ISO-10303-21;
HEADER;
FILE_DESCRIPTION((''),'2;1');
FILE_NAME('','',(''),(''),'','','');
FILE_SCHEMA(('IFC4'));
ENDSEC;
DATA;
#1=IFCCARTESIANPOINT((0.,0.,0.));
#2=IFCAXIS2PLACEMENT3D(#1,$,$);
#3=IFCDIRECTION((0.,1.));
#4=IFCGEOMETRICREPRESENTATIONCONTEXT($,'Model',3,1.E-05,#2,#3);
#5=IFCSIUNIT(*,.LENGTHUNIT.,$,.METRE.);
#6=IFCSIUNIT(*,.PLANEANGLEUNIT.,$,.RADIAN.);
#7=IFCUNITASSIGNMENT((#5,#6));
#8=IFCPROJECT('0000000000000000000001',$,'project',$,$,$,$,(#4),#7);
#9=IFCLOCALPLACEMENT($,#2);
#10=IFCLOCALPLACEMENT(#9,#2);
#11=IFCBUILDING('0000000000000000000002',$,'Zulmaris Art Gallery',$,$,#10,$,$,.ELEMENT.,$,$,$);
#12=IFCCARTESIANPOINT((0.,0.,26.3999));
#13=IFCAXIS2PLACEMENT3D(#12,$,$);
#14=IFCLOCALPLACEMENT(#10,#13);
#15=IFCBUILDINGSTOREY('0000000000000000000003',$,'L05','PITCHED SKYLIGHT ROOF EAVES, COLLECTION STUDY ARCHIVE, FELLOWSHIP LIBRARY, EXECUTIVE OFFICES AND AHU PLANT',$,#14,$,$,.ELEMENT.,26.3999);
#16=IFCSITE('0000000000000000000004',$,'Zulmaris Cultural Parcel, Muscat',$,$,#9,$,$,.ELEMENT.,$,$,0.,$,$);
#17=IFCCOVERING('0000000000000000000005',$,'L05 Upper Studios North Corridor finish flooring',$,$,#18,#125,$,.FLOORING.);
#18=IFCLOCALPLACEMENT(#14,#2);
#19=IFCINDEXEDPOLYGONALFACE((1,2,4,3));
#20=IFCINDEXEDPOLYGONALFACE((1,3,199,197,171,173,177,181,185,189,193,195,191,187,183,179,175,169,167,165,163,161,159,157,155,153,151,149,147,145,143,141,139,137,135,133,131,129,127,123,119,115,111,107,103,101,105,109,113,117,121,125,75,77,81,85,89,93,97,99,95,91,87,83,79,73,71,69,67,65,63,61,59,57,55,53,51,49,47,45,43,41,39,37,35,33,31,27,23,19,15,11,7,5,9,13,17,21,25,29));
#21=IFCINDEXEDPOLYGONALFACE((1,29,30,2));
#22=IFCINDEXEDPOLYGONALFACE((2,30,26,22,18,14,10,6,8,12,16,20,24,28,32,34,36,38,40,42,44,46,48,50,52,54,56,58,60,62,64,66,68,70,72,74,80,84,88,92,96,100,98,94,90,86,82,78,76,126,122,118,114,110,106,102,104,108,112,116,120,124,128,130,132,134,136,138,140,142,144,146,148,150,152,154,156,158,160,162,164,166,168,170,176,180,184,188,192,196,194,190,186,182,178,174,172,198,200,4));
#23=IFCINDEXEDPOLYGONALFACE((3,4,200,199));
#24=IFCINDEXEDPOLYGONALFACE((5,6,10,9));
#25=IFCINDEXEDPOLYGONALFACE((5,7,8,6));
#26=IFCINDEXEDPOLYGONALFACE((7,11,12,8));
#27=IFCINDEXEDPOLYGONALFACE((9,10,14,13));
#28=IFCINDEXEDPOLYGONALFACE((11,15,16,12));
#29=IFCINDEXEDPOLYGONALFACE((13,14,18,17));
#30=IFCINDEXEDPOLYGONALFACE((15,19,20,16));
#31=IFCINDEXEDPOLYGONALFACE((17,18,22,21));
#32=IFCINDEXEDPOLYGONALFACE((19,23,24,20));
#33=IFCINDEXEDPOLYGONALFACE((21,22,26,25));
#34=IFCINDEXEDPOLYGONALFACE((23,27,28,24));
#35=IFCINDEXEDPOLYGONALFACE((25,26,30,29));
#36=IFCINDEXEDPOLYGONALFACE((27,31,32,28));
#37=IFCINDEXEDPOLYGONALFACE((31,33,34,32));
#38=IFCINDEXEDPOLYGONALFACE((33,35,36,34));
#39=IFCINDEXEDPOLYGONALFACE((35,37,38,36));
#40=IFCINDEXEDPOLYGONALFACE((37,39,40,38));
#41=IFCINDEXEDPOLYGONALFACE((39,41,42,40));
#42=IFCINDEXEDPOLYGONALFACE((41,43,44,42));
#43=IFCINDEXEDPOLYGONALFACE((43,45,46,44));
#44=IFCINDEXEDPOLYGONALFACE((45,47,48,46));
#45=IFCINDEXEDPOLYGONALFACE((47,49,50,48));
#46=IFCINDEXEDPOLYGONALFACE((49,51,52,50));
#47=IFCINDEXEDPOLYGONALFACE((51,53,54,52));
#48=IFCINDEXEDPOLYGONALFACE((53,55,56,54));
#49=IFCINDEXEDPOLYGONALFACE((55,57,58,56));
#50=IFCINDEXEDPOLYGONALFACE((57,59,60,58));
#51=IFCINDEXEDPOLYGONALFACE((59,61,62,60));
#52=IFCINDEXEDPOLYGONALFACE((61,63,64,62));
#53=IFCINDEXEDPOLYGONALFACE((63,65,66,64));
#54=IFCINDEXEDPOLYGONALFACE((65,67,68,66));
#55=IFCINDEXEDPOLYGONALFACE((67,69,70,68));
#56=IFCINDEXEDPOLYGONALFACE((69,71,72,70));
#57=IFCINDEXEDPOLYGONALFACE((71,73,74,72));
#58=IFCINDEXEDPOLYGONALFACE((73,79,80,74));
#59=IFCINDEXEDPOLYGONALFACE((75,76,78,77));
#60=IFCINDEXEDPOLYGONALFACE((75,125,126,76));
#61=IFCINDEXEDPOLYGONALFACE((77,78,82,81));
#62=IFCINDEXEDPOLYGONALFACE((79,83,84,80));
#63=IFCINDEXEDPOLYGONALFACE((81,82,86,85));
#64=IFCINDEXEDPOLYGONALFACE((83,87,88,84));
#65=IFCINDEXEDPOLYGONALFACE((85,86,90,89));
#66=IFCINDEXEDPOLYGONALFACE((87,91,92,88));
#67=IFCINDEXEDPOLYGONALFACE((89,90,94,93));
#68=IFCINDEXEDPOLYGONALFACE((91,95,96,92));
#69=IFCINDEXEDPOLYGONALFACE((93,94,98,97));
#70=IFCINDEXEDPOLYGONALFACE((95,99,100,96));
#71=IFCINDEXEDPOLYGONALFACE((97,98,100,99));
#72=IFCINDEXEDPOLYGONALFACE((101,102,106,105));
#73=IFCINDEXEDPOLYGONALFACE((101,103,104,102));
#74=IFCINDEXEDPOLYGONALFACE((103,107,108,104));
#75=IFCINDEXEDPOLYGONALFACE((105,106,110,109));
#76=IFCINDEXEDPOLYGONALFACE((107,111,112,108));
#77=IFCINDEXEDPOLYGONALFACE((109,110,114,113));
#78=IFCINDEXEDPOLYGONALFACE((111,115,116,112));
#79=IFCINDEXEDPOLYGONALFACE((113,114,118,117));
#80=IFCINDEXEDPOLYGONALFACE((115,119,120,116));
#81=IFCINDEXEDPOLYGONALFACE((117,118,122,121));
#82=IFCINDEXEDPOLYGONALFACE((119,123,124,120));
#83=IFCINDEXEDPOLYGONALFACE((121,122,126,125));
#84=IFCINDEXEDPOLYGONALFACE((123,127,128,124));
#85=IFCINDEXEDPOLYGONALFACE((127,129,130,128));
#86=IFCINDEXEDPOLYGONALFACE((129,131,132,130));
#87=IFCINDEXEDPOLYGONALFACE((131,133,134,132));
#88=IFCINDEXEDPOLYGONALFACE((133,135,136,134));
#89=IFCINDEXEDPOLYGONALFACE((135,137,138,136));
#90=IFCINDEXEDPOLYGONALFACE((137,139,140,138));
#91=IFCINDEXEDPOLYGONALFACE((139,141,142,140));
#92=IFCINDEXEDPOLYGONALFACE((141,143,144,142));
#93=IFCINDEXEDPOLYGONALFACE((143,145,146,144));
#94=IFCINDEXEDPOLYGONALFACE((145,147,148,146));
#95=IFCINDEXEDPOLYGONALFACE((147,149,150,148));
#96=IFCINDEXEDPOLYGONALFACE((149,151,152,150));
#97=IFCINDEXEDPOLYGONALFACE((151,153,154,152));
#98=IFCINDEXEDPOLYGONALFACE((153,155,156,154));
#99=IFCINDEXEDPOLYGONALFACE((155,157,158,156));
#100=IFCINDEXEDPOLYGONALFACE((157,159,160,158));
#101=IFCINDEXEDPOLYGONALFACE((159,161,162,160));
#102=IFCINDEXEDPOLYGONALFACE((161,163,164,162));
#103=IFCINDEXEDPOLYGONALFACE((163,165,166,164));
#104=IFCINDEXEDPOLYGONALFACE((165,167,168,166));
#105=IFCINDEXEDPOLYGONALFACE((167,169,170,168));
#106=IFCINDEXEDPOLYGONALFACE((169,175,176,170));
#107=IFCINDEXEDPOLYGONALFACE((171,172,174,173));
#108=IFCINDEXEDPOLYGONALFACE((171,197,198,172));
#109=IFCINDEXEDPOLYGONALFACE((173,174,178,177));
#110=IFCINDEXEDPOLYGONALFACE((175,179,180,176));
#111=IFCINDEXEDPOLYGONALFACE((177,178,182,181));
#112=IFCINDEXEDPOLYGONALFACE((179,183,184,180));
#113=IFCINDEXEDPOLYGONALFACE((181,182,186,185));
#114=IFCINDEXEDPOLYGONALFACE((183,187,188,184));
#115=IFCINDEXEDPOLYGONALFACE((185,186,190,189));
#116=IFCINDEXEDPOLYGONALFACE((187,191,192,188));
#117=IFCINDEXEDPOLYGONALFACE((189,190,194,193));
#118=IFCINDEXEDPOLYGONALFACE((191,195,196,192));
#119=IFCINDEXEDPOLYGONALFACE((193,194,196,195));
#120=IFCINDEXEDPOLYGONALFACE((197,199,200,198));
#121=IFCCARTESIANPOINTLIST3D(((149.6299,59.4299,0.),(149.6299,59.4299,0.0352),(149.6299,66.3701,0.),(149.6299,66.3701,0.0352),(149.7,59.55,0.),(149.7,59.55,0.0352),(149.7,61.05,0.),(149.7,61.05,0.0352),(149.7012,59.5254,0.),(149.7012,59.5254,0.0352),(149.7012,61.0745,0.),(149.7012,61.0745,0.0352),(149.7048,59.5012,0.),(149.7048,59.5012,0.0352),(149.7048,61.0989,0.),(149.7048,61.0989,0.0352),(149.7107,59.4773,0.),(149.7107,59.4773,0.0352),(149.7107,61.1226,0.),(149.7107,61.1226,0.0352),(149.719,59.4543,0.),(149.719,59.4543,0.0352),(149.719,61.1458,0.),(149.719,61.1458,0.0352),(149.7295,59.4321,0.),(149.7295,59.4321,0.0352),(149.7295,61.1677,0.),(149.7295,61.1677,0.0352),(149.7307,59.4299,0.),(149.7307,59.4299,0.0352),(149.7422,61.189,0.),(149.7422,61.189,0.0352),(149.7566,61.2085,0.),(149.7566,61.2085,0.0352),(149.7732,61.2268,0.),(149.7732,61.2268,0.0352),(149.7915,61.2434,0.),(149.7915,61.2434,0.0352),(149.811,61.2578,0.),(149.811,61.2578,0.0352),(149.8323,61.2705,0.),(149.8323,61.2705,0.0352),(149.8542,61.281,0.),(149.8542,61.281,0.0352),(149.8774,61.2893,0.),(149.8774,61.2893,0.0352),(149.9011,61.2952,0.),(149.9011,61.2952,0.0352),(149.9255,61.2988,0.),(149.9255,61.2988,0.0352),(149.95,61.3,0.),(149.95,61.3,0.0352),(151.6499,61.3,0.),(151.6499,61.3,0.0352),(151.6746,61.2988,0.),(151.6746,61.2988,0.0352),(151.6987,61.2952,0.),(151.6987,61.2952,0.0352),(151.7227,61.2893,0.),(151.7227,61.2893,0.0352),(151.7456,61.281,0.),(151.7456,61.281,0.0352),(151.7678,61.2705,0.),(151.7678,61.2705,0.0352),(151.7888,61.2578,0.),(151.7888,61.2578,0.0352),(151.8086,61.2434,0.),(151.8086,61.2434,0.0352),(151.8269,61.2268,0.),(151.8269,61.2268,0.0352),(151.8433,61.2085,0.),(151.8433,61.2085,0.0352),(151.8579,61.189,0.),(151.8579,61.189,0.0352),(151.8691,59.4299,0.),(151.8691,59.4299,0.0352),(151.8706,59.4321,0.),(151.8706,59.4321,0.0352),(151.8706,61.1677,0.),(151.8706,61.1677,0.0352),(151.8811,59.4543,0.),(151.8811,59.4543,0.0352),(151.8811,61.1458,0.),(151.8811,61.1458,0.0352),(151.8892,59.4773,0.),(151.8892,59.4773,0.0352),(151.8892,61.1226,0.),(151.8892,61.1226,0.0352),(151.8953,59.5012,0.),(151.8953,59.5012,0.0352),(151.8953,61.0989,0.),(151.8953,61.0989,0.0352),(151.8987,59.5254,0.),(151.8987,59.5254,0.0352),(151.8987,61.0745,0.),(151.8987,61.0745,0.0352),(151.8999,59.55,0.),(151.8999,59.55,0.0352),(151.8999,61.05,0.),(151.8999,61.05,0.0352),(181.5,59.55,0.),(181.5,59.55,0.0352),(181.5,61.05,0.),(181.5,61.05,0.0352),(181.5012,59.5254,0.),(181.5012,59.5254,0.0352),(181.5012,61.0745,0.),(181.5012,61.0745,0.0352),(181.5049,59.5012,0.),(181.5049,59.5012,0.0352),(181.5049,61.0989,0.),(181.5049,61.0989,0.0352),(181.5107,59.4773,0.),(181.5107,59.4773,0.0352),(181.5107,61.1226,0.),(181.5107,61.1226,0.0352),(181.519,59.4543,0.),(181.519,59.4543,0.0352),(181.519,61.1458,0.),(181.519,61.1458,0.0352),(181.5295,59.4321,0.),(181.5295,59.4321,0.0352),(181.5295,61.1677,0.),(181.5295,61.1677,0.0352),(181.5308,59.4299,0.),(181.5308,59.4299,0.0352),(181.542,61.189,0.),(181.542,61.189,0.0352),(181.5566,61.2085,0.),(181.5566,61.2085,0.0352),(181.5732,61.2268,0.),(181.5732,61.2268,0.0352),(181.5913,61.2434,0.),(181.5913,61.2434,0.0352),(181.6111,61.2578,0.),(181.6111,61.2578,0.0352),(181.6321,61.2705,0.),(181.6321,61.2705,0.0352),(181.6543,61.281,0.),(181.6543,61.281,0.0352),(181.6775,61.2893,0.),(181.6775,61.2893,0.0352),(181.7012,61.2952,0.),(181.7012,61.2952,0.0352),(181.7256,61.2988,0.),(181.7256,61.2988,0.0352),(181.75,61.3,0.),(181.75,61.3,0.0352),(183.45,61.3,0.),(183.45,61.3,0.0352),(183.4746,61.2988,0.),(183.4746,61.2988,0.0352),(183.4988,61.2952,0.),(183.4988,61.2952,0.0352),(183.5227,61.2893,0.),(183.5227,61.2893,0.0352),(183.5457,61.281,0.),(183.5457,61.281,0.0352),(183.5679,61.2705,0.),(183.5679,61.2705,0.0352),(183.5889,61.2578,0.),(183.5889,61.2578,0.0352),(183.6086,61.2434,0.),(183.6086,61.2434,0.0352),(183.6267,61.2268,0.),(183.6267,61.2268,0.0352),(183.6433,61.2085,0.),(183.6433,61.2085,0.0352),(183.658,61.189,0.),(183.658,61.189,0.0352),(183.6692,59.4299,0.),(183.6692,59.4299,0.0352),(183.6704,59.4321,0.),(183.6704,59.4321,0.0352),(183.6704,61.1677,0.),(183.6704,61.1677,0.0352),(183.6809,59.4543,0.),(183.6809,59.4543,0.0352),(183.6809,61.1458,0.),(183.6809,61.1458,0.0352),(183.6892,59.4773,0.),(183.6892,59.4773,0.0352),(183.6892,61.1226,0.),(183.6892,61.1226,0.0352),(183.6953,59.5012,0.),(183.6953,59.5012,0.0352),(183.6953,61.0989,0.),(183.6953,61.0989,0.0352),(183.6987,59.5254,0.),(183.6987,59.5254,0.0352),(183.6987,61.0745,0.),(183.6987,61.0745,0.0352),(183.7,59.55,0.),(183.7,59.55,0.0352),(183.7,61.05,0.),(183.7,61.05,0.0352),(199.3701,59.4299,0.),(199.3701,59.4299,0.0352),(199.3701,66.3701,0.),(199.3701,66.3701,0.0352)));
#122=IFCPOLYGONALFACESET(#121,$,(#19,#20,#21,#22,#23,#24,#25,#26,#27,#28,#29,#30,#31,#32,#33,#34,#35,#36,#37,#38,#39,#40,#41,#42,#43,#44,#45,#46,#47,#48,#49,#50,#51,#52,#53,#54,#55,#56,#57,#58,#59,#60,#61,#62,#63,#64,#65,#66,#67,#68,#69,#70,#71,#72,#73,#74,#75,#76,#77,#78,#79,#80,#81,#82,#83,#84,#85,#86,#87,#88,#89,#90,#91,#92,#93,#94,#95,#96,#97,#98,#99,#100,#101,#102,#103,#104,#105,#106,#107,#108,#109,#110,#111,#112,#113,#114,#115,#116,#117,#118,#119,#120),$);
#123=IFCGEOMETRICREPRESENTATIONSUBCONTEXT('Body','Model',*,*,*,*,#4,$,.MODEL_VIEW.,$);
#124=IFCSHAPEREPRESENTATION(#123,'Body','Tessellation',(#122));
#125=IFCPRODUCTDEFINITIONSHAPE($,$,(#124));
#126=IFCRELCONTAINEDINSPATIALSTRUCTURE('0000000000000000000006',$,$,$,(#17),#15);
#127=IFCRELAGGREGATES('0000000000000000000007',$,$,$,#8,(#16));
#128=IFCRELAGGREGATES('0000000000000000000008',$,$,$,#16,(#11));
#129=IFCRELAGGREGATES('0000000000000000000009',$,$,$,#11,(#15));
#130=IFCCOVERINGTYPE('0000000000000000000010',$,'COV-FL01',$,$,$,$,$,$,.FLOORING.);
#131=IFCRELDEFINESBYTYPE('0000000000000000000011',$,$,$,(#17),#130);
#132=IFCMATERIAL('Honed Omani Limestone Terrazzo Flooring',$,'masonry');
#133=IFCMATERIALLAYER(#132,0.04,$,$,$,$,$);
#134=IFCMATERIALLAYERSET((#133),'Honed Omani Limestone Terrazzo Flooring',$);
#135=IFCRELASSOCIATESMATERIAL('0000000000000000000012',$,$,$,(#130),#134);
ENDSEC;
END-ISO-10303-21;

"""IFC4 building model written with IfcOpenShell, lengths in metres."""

from ifc_helpers import new_model, si_unit, direction, frame, origin, place, context, subcontext, project, spatial, polyline, outline, extrude, material, layer, layer_set, type_object, element, save


model = new_model("IFC4")

# Units and contexts
model_context = context("Model", 3, precision=1e-05, world=origin(), true_north=direction((0.0, 1.0)))
body_context = subcontext(model_context, "Body", "Model", "MODEL_VIEW")
ifc_project = project(units=[si_unit("LENGTHUNIT", "METRE"), si_unit("PLANEANGLEUNIT", "RADIAN")], contexts=[model_context])

# Site, building, storey
site_placement = place(None, origin())
site = spatial("IfcSite", under=ifc_project, at=site_placement, Name="Zulmaris Cultural Parcel, Muscat", CompositionType="ELEMENT", RefElevation=0.0)
building_placement = place(site_placement, origin())
building = spatial("IfcBuilding", under=site, at=building_placement, Name="Zulmaris Art Gallery", CompositionType="ELEMENT")
storey_placement = place(building_placement, frame((0.0, 0.0, 26.3999)))
storey = spatial("IfcBuildingStorey", under=building, at=storey_placement, Name="L05", Description="PITCHED SKYLIGHT ROOF EAVES, COLLECTION STUDY ARCHIVE, FELLOWSHIP LIBRARY, EXECUTIVE OFFICES AND AHU PLANT", CompositionType="ELEMENT", Elevation=26.3999)

# Covering
ifc_material_1 = material(Name="Honed Omani Limestone Terrazzo Flooring", Category="masonry")
ifc_layer_1 = layer(ifc_material_1, 0.04)
ifc_layer_set_1 = layer_set([ifc_layer_1], Name="Honed Omani Limestone Terrazzo Flooring")
covering_type_1 = type_object("IfcCoveringType", Name="COV-FL01", PredefinedType="FLOORING", material=ifc_layer_set_1)
covering_1_placement = place(storey_placement, origin())
element("IfcCovering", 1, at=covering_1_placement, inside=storey, type_object=covering_type_1, Name="L05 Upper Studios North Corridor finish flooring", PredefinedType="FLOORING", context=body_context, shape_type="SweptSolid", body=[
    extrude(outline(polyline([(149.6299, 59.4299), (149.6299, 66.3701), (199.3701, 66.3701), (199.3701, 59.4299), (183.6692, 59.4299), (183.6704, 59.4321), (183.6809, 59.4543), (183.6892, 59.4773), (183.6953, 59.5012), (183.6987, 59.5254), (183.7, 59.55), (183.7, 61.05), (183.6987, 61.0745), (183.6953, 61.0989), (183.6892, 61.1226), (183.6809, 61.1458), (183.6704, 61.1677), (183.658, 61.189), (183.6433, 61.2085), (183.6267, 61.2268), (183.6086, 61.2434), (183.5889, 61.2578), (183.5679, 61.2705), (183.5457, 61.281), (183.5227, 61.2893), (183.4988, 61.2952), (183.4746, 61.2988), (183.45, 61.3), (181.75, 61.3), (181.7256, 61.2988), (181.7012, 61.2952), (181.6775, 61.2893), (181.6543, 61.281), (181.6321, 61.2705), (181.6111, 61.2578), (181.5913, 61.2434), (181.5732, 61.2268), (181.5566, 61.2085), (181.542, 61.189), (181.5295, 61.1677), (181.519, 61.1458), (181.5107, 61.1226), (181.5049, 61.0989), (181.5012, 61.0745), (181.5, 61.05), (181.5, 59.55), (181.5012, 59.5254), (181.5049, 59.5012), (181.5107, 59.4773), (181.519, 59.4543), (181.5295, 59.4321), (181.5308, 59.4299), (151.8691, 59.4299), (151.8706, 59.4321), (151.8811, 59.4543), (151.8892, 59.4773), (151.8953, 59.5012), (151.8987, 59.5254), (151.8999, 59.55), (151.8999, 61.05), (151.8987, 61.0745), (151.8953, 61.0989), (151.8892, 61.1226), (151.8811, 61.1458), (151.8706, 61.1677), (151.8579, 61.189), (151.8433, 61.2085), (151.8269, 61.2268), (151.8086, 61.2434), (151.7888, 61.2578), (151.7678, 61.2705), (151.7456, 61.281), (151.7227, 61.2893), (151.6987, 61.2952), (151.6746, 61.2988), (151.6499, 61.3), (149.95, 61.3), (149.9255, 61.2988), (149.9011, 61.2952), (149.8774, 61.2893), (149.8542, 61.281), (149.8323, 61.2705), (149.811, 61.2578), (149.7915, 61.2434), (149.7732, 61.2268), (149.7566, 61.2085), (149.7422, 61.189), (149.7295, 61.1677), (149.719, 61.1458), (149.7107, 61.1226), (149.7048, 61.0989), (149.7012, 61.0745), (149.7, 61.05), (149.7, 59.55), (149.7012, 59.5254), (149.7048, 59.5012), (149.7107, 59.4773), (149.719, 59.4543), (149.7295, 59.4321), (149.7307, 59.4299), (149.6299, 59.4299)])), origin(), (0.0, 0.0, 1.0), 0.0352),
])

save(model, "model.ifc")
